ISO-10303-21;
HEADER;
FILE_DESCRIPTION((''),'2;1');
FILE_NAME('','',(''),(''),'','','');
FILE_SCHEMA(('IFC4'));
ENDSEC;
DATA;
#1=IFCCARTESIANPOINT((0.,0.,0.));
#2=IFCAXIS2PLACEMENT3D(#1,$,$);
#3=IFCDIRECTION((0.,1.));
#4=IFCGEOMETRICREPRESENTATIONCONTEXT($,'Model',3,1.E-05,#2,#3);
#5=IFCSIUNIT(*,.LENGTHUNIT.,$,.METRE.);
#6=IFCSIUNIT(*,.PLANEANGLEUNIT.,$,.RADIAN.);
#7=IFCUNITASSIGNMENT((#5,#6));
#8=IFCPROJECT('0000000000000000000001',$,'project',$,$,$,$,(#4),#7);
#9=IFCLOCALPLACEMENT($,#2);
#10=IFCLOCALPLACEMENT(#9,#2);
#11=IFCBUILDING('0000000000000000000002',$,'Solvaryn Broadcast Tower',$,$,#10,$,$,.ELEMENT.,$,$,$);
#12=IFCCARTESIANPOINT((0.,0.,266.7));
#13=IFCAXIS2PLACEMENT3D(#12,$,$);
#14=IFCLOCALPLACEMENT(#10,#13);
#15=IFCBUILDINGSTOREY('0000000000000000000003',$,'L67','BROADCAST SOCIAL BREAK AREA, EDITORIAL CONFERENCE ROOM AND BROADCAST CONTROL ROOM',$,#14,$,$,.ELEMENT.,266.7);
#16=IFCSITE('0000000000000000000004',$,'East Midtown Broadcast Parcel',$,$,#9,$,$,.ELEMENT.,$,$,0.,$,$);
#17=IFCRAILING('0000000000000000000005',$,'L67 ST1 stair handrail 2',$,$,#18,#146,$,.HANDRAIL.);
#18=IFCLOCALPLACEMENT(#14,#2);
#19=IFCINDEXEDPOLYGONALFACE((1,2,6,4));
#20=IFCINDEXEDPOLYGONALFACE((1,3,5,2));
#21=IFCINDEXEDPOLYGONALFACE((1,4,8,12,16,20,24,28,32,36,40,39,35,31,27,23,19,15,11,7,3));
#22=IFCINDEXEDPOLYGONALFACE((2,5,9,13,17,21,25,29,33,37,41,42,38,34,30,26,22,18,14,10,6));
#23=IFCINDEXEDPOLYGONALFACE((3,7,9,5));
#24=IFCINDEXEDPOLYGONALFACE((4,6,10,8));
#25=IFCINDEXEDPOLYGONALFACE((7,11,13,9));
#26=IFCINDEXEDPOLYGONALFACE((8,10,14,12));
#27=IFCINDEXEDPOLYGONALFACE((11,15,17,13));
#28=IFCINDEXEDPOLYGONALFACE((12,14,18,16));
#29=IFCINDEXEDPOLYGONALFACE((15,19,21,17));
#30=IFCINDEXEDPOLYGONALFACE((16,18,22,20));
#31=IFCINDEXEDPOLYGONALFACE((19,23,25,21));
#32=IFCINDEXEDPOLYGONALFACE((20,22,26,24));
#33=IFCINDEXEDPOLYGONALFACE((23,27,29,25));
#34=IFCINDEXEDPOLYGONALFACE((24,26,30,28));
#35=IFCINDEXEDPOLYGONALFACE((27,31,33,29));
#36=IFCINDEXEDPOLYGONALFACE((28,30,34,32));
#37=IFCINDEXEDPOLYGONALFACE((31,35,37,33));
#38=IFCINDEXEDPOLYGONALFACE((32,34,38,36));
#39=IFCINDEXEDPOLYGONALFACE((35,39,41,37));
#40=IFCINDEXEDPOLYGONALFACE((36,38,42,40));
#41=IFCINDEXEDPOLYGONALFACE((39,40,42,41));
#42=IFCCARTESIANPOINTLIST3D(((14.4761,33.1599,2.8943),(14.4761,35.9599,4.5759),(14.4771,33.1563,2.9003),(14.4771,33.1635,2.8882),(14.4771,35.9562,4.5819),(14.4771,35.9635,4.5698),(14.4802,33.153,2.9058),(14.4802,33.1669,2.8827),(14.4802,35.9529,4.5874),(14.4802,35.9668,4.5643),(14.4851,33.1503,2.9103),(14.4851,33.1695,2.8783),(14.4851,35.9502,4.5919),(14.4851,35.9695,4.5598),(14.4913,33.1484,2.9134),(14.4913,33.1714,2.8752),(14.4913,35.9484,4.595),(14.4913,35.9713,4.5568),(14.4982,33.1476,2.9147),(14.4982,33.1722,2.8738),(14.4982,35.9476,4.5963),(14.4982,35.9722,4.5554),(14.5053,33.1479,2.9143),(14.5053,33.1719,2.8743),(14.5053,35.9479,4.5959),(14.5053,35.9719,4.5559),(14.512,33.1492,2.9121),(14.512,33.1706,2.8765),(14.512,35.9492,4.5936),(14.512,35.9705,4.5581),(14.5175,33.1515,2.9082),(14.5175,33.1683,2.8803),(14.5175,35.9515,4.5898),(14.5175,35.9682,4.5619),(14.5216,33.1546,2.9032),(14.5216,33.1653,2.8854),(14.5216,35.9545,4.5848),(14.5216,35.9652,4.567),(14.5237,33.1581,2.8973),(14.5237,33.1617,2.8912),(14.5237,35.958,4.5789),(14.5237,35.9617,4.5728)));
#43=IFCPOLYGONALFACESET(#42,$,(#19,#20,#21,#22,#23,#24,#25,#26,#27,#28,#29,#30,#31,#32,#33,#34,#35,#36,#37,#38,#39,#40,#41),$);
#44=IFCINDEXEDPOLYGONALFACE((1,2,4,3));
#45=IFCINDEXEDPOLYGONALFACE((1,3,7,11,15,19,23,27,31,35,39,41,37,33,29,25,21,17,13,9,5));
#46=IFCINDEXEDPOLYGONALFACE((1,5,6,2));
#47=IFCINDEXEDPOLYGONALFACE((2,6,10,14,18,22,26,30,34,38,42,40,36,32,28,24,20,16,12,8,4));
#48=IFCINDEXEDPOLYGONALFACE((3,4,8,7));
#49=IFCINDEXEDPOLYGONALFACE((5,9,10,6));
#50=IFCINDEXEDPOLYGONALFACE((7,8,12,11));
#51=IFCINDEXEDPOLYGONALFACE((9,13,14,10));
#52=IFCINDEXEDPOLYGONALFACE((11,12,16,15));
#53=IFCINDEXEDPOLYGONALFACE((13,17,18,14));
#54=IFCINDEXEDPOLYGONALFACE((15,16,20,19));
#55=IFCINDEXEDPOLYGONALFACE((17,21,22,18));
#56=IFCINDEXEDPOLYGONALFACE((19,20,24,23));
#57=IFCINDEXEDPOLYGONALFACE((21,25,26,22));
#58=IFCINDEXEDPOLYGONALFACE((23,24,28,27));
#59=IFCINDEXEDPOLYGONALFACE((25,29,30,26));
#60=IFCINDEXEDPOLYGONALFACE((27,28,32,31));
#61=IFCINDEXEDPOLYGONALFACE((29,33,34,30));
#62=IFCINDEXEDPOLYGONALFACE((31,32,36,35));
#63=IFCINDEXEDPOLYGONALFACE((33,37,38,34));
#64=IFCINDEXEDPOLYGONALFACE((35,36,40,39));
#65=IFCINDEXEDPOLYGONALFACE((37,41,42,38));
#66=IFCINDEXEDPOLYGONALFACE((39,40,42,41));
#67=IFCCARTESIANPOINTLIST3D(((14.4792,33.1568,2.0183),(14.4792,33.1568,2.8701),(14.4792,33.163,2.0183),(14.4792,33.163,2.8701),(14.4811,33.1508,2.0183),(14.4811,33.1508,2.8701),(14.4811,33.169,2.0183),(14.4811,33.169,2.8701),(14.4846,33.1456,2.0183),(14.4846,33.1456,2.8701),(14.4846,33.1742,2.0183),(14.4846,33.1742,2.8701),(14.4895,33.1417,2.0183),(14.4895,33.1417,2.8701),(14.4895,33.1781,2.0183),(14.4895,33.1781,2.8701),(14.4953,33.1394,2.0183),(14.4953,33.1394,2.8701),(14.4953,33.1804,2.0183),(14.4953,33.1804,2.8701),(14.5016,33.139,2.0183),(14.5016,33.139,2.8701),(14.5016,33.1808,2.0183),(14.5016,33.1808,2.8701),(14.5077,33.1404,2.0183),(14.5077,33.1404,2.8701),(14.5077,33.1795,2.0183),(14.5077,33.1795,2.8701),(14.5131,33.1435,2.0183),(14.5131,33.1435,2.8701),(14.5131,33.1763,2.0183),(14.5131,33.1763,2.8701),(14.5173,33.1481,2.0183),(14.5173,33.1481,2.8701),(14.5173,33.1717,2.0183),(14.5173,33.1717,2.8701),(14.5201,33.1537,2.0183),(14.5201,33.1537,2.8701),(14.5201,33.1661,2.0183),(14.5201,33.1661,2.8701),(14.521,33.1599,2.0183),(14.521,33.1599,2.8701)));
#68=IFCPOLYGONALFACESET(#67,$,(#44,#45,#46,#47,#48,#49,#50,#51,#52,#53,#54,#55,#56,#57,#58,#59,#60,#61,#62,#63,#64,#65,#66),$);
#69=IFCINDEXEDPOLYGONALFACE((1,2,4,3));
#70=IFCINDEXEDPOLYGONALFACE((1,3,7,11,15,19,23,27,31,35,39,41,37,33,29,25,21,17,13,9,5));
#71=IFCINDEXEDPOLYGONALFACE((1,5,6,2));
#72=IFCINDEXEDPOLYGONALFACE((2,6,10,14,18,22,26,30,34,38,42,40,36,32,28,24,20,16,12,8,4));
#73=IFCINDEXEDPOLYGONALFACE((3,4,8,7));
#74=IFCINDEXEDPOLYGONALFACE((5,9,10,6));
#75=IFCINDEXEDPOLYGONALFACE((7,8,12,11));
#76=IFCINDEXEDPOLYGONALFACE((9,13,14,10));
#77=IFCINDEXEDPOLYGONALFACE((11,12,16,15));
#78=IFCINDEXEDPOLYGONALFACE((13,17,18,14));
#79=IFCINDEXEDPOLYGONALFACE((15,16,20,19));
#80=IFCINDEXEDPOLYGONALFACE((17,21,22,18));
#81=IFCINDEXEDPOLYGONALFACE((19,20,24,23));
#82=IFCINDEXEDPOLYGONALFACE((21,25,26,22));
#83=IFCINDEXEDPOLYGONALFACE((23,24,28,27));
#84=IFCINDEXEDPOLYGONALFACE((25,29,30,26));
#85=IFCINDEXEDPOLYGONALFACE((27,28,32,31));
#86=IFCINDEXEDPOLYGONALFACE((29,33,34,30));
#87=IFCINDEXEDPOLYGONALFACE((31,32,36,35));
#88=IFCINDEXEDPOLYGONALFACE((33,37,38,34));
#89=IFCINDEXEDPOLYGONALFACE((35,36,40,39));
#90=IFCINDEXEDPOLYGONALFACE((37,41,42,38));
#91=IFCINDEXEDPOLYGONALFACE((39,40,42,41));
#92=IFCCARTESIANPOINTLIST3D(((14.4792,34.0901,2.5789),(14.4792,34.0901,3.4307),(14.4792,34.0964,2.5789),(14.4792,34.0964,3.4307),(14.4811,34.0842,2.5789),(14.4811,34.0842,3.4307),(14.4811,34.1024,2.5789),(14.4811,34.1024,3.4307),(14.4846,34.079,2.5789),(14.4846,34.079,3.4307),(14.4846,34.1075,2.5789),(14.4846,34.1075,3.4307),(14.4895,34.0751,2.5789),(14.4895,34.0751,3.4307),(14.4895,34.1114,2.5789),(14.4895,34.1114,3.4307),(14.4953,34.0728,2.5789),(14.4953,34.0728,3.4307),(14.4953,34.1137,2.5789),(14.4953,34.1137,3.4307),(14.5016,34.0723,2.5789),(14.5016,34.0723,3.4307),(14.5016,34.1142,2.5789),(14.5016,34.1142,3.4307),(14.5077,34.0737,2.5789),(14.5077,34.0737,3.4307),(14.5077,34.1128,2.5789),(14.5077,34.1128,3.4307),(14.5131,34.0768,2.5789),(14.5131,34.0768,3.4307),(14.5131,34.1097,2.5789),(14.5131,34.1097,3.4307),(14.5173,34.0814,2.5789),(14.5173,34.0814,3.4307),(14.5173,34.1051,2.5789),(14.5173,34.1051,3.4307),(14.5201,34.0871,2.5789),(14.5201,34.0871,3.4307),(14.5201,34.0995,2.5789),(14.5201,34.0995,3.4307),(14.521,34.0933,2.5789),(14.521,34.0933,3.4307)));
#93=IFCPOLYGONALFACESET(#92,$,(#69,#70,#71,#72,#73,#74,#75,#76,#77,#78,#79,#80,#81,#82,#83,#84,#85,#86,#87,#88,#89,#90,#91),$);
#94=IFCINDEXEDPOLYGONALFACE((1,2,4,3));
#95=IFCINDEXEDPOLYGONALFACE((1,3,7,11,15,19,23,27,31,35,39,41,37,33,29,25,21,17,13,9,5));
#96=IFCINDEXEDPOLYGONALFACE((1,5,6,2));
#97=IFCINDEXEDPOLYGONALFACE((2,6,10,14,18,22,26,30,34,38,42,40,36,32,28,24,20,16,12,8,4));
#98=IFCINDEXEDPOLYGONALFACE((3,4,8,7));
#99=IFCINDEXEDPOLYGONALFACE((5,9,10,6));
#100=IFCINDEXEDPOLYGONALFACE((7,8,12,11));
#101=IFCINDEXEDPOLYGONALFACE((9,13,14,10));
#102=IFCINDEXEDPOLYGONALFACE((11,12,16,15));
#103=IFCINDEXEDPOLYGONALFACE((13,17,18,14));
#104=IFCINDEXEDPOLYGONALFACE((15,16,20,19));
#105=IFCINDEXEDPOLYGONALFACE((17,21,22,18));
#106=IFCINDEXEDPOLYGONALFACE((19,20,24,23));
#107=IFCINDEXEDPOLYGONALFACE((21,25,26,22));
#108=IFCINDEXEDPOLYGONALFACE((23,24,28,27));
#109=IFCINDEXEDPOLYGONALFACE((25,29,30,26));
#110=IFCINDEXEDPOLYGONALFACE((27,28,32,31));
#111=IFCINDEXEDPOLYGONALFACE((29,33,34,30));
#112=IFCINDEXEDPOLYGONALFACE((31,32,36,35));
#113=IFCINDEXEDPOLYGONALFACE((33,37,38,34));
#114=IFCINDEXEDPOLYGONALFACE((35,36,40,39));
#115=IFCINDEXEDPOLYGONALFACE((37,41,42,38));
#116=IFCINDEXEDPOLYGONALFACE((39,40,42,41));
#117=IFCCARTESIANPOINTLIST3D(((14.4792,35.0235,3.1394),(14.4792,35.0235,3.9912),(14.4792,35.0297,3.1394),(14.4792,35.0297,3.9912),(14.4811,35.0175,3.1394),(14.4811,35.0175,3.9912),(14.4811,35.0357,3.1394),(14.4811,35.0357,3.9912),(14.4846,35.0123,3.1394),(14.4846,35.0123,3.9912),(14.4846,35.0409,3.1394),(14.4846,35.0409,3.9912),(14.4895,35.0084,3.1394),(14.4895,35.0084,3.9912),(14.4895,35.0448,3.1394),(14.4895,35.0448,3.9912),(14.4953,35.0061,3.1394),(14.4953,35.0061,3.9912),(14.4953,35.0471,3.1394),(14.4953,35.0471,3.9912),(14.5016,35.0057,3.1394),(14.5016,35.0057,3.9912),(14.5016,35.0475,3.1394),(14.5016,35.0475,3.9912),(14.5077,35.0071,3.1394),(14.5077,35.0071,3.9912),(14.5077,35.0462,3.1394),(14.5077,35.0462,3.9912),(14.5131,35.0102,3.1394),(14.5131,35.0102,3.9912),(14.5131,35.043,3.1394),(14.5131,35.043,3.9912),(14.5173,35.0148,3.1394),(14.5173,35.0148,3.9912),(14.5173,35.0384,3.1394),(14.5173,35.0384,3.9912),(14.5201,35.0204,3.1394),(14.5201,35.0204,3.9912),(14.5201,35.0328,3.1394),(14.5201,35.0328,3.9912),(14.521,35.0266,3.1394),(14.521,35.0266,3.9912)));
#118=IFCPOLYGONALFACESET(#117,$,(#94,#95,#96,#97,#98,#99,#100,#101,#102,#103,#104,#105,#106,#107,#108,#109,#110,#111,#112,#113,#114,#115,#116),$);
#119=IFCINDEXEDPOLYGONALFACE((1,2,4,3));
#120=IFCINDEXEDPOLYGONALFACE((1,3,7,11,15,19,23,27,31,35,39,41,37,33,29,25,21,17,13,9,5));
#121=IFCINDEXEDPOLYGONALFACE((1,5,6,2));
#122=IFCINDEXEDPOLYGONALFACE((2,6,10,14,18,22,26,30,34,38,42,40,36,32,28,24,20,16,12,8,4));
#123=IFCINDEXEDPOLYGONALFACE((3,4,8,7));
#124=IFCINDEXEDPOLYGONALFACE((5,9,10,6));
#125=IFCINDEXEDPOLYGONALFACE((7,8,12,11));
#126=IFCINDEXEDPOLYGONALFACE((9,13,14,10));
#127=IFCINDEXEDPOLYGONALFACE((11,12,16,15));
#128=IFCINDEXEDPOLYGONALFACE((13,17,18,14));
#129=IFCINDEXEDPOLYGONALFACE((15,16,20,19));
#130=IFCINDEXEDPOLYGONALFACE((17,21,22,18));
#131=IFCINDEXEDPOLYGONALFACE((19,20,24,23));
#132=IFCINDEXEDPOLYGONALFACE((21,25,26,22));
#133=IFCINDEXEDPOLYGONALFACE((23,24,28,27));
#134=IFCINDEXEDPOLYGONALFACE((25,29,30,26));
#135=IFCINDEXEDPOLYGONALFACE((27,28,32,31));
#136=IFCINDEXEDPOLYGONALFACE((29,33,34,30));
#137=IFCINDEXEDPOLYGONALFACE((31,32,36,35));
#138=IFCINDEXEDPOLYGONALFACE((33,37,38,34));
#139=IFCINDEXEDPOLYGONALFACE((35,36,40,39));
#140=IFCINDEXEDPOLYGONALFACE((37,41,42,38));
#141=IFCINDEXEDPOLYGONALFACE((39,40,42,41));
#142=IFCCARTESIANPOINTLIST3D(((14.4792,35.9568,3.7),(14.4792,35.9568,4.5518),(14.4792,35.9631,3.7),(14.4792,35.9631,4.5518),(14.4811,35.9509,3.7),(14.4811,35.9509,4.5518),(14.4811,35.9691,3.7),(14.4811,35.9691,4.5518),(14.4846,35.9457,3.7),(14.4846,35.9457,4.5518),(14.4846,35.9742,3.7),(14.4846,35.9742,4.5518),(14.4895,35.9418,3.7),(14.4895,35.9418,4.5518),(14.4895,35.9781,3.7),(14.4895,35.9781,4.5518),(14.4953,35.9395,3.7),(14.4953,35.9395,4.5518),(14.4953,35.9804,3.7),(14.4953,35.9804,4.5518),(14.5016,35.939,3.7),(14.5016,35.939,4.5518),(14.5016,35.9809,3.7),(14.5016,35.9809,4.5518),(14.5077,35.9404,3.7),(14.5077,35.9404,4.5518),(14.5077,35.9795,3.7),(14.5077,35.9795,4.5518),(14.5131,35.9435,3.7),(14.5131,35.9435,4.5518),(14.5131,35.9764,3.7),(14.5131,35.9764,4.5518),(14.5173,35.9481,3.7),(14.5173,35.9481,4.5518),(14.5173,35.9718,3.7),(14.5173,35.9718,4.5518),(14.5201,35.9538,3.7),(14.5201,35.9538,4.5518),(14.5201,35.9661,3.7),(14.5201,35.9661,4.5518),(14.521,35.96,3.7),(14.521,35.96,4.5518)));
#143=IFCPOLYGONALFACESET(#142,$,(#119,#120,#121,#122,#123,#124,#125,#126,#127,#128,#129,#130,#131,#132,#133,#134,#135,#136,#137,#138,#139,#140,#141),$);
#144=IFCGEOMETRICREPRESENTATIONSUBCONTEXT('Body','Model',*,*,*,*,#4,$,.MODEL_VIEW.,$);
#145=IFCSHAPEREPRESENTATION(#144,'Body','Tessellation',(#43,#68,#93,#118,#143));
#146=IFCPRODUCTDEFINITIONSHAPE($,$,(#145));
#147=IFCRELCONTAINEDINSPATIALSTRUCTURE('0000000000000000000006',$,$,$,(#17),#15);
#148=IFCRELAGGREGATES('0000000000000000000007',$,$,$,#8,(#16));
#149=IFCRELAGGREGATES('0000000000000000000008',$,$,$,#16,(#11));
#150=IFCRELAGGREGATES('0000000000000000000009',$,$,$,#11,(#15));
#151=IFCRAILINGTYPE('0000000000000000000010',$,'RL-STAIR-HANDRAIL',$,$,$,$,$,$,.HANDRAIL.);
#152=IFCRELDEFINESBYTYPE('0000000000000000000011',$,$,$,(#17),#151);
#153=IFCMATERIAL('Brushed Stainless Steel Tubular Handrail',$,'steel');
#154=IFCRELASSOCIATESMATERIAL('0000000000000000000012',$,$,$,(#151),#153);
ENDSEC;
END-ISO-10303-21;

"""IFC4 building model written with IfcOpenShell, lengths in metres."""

from ifc_helpers import new_model, si_unit, direction, frame, origin, origin_2d, place, context, subcontext, project, spatial, circle, extrude, material, type_object, element, save


model = new_model("IFC4")

# Units and contexts
model_context = context("Model", 3, precision=1e-05, world=origin(), true_north=direction((0.0, 1.0)))
body_context = subcontext(model_context, "Body", "Model", "MODEL_VIEW")
ifc_project = project(units=[si_unit("LENGTHUNIT", "METRE"), si_unit("PLANEANGLEUNIT", "RADIAN")], contexts=[model_context])

# Site, building, storey
site_placement = place(None, origin())
site = spatial("IfcSite", under=ifc_project, at=site_placement, Name="East Midtown Broadcast Parcel", CompositionType="ELEMENT", RefElevation=0.0)
building_placement = place(site_placement, origin())
building = spatial("IfcBuilding", under=site, at=building_placement, Name="Solvaryn Broadcast Tower", CompositionType="ELEMENT")
storey_placement = place(building_placement, frame((0.0, 0.0, 266.7)))
storey = spatial("IfcBuildingStorey", under=building, at=storey_placement, Name="L67", Description="BROADCAST SOCIAL BREAK AREA, EDITORIAL CONFERENCE ROOM AND BROADCAST CONTROL ROOM", CompositionType="ELEMENT", Elevation=266.7)

# Railing
ifc_material_1 = material(Name="Brushed Stainless Steel Tubular Handrail", Category="steel")
railing_type_1 = type_object("IfcRailingType", Name="RL-STAIR-HANDRAIL", PredefinedType="HANDRAIL", material=ifc_material_1)
railing_1_placement = place(storey_placement, frame((14.5, 33.1599, 2.0183)))
element("IfcRailing", 1, at=railing_1_placement, inside=storey, type_object=railing_type_1, Name="L67 ST1 stair handrail 2", PredefinedType="HANDRAIL", context=body_context, shape_type="SweptSolid", body=[
    extrude(circle(Radius=0.0239, at=origin_2d()), frame((0.0, 0.0, 0.876), z_axis=(0.0, 0.857275, 0.514858), x_axis=(-1.0, 0.0, 0.0)), (0.0, 0.0, 1.0), 3.2661),
    extrude(circle(Radius=0.021, at=origin_2d()), origin(), (0.0, 0.0, 1.0), 0.8518),
    extrude(circle(Radius=0.021, at=origin_2d()), frame((0.0, 0.9333, 0.5605)), (0.0, 0.0, 1.0), 0.8518),
    extrude(circle(Radius=0.021, at=origin_2d()), frame((0.0, 1.8667, 1.1211)), (0.0, 0.0, 1.0), 0.8518),
    extrude(circle(Radius=0.021, at=origin_2d()), frame((0.0, 2.8, 1.6816)), (0.0, 0.0, 1.0), 0.8518),
])

save(model, "model.ifc")
